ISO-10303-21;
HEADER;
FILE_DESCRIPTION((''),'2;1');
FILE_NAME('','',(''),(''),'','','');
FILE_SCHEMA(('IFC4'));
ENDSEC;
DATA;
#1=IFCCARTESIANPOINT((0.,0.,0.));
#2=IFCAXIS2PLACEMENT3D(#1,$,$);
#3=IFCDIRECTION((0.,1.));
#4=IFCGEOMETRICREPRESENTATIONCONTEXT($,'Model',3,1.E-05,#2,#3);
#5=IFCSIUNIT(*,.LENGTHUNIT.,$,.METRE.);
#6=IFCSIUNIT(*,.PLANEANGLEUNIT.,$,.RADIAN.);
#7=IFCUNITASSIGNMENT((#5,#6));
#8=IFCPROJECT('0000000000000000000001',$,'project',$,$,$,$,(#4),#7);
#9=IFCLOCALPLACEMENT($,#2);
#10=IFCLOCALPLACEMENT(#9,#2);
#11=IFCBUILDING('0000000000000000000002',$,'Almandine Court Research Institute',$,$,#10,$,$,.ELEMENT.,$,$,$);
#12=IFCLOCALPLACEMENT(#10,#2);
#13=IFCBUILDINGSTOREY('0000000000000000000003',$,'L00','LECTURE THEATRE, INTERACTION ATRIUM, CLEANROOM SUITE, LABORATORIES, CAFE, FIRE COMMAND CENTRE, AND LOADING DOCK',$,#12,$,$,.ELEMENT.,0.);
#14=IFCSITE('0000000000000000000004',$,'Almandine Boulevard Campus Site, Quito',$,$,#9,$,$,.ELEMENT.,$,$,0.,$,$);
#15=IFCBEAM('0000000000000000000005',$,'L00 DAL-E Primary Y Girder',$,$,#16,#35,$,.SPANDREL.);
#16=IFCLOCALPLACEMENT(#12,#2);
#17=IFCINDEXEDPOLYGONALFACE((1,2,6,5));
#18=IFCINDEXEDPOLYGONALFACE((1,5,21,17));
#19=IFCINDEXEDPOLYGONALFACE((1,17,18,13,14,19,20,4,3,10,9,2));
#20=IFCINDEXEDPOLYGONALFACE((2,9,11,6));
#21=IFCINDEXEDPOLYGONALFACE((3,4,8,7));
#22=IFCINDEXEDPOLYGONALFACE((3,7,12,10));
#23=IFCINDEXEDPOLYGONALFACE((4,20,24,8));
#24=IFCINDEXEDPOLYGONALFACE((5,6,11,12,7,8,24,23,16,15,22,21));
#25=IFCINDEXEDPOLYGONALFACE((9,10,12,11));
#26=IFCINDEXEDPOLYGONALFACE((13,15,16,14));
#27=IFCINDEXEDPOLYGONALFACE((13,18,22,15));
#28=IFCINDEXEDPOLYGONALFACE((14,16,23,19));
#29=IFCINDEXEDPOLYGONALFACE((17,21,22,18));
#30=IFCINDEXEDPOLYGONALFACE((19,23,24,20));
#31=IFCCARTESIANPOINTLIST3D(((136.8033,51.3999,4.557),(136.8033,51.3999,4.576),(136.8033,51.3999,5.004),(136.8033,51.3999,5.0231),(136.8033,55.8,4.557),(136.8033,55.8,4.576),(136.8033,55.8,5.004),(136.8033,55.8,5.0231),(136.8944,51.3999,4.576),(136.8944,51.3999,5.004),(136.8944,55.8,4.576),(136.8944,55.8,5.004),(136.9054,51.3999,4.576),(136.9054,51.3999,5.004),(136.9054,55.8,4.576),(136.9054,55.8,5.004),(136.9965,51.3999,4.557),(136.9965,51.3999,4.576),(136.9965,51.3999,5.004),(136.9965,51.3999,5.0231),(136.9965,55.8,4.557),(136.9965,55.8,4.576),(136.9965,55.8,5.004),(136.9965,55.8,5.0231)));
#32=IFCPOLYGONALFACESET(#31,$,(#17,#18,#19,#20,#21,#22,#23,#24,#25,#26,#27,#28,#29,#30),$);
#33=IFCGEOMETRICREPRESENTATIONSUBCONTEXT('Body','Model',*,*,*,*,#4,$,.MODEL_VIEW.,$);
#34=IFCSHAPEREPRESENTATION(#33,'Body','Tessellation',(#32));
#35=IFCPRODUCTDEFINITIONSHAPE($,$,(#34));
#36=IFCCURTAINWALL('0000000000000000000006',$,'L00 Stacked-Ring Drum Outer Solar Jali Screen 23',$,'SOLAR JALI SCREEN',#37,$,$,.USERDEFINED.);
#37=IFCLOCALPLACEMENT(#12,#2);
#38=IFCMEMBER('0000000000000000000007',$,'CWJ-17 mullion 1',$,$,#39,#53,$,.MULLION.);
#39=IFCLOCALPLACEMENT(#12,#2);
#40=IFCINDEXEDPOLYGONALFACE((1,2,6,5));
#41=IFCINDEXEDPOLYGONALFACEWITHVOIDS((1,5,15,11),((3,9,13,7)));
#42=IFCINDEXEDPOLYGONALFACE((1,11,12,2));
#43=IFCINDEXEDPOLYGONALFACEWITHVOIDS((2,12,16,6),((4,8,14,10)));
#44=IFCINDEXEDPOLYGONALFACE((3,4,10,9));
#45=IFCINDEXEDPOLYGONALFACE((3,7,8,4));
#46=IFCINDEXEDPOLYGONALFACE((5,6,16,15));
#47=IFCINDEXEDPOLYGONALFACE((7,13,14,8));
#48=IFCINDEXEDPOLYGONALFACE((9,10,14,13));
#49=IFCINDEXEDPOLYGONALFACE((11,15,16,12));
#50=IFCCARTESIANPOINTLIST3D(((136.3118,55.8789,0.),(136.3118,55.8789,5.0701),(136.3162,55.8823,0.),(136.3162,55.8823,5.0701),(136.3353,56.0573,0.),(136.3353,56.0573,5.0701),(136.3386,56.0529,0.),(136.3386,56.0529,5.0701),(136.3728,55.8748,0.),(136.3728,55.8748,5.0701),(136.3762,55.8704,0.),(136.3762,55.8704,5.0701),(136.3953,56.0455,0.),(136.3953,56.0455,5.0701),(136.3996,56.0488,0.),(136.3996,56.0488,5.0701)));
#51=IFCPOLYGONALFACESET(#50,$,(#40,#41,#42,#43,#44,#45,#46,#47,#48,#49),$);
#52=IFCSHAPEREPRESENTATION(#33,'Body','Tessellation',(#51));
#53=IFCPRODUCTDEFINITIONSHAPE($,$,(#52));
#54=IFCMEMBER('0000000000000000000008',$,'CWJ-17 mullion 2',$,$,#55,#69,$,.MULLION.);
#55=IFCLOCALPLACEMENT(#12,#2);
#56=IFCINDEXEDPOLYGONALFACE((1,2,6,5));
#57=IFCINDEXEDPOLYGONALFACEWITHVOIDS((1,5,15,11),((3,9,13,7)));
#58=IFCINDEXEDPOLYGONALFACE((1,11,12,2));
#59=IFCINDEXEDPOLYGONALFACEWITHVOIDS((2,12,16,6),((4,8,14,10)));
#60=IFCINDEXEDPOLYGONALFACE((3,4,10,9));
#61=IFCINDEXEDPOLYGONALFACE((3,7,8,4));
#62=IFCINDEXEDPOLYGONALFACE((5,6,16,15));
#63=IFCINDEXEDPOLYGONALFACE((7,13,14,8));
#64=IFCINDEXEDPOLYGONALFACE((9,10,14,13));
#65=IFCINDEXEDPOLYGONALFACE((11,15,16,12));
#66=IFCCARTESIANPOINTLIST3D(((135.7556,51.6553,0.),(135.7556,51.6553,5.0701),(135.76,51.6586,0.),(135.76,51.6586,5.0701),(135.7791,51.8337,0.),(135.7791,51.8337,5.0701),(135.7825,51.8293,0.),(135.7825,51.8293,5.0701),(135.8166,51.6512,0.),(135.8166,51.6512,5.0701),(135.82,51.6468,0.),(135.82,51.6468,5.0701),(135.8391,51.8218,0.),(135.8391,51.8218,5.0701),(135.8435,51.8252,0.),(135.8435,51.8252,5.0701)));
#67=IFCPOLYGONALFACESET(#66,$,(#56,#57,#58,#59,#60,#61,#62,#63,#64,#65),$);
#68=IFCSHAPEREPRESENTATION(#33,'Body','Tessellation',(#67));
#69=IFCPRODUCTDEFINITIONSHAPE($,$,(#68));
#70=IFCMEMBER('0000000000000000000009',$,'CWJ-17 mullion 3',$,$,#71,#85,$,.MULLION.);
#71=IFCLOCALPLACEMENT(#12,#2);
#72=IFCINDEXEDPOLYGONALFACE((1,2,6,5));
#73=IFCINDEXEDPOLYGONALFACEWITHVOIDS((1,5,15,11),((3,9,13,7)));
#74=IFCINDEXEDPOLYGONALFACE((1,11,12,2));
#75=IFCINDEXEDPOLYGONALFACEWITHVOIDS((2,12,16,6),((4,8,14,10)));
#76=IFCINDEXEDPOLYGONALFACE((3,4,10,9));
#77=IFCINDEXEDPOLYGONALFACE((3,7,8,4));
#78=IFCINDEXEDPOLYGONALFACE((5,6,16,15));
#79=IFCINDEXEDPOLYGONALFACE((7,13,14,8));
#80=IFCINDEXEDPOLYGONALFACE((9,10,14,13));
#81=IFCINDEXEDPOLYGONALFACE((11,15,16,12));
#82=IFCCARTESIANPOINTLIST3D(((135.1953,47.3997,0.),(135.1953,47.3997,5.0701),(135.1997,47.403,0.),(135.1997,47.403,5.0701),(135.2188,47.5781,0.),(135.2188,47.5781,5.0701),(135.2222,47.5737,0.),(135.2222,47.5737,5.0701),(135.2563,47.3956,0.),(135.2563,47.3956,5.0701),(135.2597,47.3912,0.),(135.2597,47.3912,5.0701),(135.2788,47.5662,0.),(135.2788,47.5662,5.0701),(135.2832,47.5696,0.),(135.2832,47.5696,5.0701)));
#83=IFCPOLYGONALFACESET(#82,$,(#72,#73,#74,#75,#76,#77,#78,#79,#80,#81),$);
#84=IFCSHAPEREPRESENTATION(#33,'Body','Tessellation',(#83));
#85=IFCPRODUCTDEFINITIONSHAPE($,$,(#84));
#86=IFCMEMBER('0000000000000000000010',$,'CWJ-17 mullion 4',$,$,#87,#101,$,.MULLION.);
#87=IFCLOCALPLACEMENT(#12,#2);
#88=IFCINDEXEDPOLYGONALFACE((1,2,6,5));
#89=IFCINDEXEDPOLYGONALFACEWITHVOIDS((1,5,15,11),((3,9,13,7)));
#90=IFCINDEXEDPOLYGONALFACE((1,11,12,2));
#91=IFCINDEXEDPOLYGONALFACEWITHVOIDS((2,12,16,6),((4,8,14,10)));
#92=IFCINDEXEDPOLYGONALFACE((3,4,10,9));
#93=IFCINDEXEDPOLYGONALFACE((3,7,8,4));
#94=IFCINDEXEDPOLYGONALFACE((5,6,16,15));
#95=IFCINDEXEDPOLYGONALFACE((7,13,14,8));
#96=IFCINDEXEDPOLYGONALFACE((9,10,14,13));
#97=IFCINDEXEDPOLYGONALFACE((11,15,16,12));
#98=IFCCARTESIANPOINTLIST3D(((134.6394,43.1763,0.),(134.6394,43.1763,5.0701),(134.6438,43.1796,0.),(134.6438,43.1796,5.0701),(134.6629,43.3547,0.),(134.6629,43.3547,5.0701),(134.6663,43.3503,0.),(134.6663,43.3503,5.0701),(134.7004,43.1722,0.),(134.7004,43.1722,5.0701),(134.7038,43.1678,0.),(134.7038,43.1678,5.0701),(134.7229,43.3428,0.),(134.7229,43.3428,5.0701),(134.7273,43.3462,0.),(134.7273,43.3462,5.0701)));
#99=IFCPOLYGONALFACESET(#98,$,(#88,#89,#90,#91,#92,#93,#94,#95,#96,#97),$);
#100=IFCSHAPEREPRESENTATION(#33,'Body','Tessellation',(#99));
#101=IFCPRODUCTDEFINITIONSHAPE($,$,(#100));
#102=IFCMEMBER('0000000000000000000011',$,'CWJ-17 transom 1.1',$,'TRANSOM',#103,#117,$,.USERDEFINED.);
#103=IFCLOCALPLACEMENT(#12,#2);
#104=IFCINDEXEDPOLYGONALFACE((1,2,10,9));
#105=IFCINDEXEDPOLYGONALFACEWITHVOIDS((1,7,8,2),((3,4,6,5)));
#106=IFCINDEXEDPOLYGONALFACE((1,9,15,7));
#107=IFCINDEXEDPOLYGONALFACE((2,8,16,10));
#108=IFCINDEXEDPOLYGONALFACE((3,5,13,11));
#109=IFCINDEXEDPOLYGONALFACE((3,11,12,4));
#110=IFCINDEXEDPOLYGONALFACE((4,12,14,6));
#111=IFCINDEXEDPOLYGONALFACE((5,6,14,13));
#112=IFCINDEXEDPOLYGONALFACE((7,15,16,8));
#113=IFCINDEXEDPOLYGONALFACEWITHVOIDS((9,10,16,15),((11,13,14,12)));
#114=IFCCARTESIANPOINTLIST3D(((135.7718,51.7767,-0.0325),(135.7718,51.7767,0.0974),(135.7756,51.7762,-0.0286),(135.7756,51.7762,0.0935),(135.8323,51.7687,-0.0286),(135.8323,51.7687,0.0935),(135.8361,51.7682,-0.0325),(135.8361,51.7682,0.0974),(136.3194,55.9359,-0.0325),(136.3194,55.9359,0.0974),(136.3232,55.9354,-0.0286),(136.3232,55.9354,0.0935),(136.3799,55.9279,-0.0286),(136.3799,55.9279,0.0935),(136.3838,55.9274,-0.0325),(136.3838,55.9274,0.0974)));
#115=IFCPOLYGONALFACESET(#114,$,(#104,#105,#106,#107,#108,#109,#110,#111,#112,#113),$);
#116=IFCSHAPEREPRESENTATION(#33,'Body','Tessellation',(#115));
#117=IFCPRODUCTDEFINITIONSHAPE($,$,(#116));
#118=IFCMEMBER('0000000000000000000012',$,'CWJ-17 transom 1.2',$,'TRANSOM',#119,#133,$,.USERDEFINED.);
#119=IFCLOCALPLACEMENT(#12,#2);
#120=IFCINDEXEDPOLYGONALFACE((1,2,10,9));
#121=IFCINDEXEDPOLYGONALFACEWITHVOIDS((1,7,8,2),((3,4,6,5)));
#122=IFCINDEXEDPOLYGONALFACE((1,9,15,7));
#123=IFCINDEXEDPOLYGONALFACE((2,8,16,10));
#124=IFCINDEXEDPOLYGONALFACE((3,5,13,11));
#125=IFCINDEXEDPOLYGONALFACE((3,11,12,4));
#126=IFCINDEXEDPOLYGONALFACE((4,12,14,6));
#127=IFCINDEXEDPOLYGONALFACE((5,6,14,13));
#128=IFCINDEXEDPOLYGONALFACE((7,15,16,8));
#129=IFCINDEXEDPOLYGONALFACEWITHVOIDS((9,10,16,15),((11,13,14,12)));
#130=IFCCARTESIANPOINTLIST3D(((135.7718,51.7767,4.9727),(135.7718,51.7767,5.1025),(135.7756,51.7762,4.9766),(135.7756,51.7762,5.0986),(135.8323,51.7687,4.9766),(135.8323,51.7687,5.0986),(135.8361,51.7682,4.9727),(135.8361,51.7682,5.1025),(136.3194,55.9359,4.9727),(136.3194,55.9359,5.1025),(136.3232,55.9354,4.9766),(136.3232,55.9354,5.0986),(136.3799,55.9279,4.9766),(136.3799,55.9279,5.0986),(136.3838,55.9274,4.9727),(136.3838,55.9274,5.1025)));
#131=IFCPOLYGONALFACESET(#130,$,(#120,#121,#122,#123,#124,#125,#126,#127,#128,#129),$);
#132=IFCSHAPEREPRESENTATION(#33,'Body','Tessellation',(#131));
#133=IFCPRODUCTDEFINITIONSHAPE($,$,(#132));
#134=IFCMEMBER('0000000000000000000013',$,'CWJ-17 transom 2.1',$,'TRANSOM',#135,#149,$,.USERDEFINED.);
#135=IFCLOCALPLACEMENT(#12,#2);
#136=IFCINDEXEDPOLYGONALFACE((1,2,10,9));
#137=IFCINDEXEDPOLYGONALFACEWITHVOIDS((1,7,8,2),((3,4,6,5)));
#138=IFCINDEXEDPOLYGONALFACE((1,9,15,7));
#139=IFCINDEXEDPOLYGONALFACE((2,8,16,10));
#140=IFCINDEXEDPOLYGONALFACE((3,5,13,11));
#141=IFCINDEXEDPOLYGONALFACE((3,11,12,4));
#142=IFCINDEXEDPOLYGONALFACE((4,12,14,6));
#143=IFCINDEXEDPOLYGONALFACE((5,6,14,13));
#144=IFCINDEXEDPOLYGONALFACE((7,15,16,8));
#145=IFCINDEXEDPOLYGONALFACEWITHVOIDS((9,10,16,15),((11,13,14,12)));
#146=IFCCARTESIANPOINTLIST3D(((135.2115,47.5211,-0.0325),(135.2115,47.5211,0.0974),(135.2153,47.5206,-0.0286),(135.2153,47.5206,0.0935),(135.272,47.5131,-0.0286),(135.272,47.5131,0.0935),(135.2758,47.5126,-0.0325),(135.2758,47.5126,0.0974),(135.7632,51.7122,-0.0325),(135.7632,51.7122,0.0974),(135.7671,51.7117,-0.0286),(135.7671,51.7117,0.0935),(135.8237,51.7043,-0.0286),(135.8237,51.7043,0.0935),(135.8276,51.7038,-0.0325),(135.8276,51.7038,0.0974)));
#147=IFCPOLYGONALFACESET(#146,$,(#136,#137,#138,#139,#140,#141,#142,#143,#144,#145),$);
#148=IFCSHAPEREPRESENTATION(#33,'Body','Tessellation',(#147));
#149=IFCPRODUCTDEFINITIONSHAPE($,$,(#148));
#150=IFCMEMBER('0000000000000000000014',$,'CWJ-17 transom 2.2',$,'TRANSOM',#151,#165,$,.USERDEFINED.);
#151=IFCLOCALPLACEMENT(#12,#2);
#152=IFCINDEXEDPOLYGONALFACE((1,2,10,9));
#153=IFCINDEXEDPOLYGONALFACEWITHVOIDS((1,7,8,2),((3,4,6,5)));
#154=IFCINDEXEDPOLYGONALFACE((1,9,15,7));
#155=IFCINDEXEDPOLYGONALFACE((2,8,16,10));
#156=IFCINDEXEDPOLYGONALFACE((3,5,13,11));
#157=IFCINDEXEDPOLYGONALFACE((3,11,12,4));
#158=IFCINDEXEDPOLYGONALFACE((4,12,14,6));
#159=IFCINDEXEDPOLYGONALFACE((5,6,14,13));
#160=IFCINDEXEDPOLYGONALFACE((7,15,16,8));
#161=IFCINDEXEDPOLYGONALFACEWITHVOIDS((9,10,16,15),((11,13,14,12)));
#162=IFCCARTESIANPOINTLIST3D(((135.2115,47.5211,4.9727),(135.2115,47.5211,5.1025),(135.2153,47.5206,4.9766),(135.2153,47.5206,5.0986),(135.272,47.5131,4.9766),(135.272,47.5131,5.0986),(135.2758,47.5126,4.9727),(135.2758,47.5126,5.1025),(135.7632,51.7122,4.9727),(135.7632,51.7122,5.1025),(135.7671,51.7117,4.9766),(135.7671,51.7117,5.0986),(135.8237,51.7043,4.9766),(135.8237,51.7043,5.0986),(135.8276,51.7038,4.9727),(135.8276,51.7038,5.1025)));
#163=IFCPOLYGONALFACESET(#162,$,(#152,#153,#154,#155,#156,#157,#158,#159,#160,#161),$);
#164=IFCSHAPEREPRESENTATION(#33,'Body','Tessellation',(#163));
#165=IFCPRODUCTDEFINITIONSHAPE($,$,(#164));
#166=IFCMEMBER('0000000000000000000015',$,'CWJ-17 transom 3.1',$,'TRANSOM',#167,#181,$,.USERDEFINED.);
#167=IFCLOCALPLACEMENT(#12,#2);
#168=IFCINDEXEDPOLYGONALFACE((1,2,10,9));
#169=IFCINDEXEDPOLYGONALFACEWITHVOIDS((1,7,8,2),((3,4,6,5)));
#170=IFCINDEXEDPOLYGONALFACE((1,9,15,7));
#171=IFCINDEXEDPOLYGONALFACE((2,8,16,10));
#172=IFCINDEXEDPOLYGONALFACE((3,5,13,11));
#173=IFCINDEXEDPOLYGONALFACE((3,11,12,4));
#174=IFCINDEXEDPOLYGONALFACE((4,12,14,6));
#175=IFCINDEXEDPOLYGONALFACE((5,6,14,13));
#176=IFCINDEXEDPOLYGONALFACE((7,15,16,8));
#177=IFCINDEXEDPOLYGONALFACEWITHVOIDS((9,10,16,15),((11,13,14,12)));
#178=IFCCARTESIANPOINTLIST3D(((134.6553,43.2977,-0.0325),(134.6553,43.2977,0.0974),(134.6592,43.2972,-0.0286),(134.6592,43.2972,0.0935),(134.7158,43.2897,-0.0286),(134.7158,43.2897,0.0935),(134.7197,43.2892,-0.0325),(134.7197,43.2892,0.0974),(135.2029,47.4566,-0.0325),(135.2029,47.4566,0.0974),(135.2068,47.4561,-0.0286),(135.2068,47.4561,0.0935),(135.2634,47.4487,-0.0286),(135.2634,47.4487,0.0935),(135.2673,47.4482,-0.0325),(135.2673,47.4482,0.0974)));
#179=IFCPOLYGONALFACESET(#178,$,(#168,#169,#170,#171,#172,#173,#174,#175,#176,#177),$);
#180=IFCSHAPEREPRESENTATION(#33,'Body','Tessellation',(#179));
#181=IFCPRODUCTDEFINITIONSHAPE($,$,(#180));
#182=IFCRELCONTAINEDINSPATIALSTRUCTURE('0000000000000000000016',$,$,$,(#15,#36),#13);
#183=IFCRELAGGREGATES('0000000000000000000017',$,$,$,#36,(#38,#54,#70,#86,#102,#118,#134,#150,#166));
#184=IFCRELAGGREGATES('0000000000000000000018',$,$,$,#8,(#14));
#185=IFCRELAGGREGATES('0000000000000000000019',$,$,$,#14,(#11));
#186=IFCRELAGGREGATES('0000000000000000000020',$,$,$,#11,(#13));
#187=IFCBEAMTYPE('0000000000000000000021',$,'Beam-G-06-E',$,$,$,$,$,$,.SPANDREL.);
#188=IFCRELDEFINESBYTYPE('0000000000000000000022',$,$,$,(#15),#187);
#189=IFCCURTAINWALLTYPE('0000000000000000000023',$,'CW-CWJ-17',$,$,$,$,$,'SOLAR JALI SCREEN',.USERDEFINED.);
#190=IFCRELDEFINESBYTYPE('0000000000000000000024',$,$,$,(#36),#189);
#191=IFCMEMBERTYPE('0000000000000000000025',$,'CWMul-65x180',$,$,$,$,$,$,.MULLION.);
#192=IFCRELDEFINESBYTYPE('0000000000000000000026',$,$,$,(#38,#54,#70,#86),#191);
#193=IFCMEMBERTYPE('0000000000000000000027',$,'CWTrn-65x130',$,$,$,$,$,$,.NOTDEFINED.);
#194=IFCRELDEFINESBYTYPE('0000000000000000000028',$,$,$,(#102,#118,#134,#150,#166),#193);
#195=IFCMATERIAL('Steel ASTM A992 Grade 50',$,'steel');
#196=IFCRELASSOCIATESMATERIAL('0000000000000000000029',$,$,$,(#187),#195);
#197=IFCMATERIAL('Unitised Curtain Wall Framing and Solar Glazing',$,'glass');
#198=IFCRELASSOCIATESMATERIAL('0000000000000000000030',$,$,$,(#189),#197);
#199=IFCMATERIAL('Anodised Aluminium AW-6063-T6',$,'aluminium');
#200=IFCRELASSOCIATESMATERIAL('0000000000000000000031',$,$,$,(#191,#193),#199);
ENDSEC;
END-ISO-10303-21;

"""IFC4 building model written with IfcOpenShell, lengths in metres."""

from ifc_helpers import new_model, si_unit, direction, frame, origin, origin_2d, place, context, subcontext, project, spatial, hollow_rectangle, i_section, extrude, material, material_profile, profile_set, type_object, element, aggregate, save


model = new_model("IFC4")

# Units and contexts
model_context = context("Model", 3, precision=1e-05, world=origin(), true_north=direction((0.0, 1.0)))
body_context = subcontext(model_context, "Body", "Model", "MODEL_VIEW")
ifc_project = project(units=[si_unit("LENGTHUNIT", "METRE"), si_unit("PLANEANGLEUNIT", "RADIAN")], contexts=[model_context])

# Site, building, storey
site_placement = place(None, origin())
site = spatial("IfcSite", under=ifc_project, at=site_placement, Name="Almandine Boulevard Campus Site, Quito", CompositionType="ELEMENT", RefElevation=0.0)
building_placement = place(site_placement, origin())
building = spatial("IfcBuilding", under=site, at=building_placement, Name="Almandine Court Research Institute", CompositionType="ELEMENT")
storey_placement = place(building_placement, origin())
storey = spatial("IfcBuildingStorey", under=building, at=storey_placement, Name="L00", Description="LECTURE THEATRE, INTERACTION ATRIUM, CLEANROOM SUITE, LABORATORIES, CAFE, FIRE COMMAND CENTRE, AND LOADING DOCK", CompositionType="ELEMENT", Elevation=0.0)

# Shared definitions
ifc_material_1 = material(Name="Steel ASTM A992 Grade 50", Category="steel")

# Beam
ifc_material_profile_1 = material_profile(ifc_material_1, i_section(OverallWidth=0.1931, OverallDepth=0.4661, WebThickness=0.011, FlangeThickness=0.019, at=origin_2d()), Name="W460x97")
ifc_profile_set_1 = profile_set([ifc_material_profile_1], Name="Steel ASTM A992 Grade 50")
beam_type_1 = type_object("IfcBeamType", Name="Beam-G-06-E", PredefinedType="SPANDREL", material=ifc_profile_set_1)
beam_1_placement = place(storey_placement, frame((136.8999, 51.3999, 4.79), z_axis=(0.0, 1.0, 0.0), x_axis=(-1.0, 0.0, 0.0)))
element("IfcBeam", 1, at=beam_1_placement, inside=storey, type_object=beam_type_1, Name="L00 DAL-E Primary Y Girder", PredefinedType="SPANDREL", context=body_context, shape_type="SweptSolid", body=[
    extrude(i_section(OverallWidth=0.1931, OverallDepth=0.4661, WebThickness=0.011, FlangeThickness=0.019, at=origin_2d()), origin(), (0.0, 0.0, 1.0), 4.4001),
])

# Curtain wall, members
ifc_material_2 = material(Name="Unitised Curtain Wall Framing and Solar Glazing", Category="glass")
curtain_wall_type = type_object("IfcCurtainWallType", Name="CW-CWJ-17", ElementType="SOLAR JALI SCREEN", PredefinedType="USERDEFINED", material=ifc_material_2)
curtain_wall_placement = place(storey_placement, origin())
curtain_wall = element("IfcCurtainWall", 2, at=curtain_wall_placement, inside=storey, type_object=curtain_wall_type, Name="L00 Stacked-Ring Drum Outer Solar Jali Screen 23", ObjectType="SOLAR JALI SCREEN", PredefinedType="USERDEFINED")
ifc_material_3 = material(Name="Anodised Aluminium AW-6063-T6", Category="aluminium")
ifc_material_profile_2 = material_profile(ifc_material_3, hollow_rectangle(XDim=0.0649, YDim=0.1799, WallThickness=0.0039, at=origin_2d()), Name="ALU RHS 65x180x4")
ifc_profile_set_2 = profile_set([ifc_material_profile_2], Name="Anodised Aluminium AW-6063-T6")
member_type_1 = type_object("IfcMemberType", Name="CWMul-65x180", PredefinedType="MULLION", material=ifc_profile_set_2)
member_1_placement = place(storey_placement, frame((136.3557, 55.9639, 0.0), z_axis=(0.0, 0.0, 1.0), x_axis=(0.991443, -0.130541, 0.0)))
member_1 = element("IfcMember", 3, at=member_1_placement, type_object=member_type_1, Name="CWJ-17 mullion 1", PredefinedType="MULLION", context=body_context, shape_type="SweptSolid", body=[
    extrude(hollow_rectangle(XDim=0.0649, YDim=0.1799, WallThickness=0.0039, at=origin_2d()), origin(), (0.0, 0.0, 1.0), 5.0701),
])
member_2_placement = place(storey_placement, frame((135.7996, 51.7402, 0.0), z_axis=(0.0, 0.0, 1.0), x_axis=(0.991443, -0.130541, 0.0)))
member_2 = element("IfcMember", 4, at=member_2_placement, type_object=member_type_1, Name="CWJ-17 mullion 2", PredefinedType="MULLION", context=body_context, shape_type="SweptSolid", body=[
    extrude(hollow_rectangle(XDim=0.0649, YDim=0.1799, WallThickness=0.0039, at=origin_2d()), origin(), (0.0, 0.0, 1.0), 5.0701),
])
member_3_placement = place(storey_placement, frame((135.2393, 47.4846, 0.0), z_axis=(0.0, 0.0, 1.0), x_axis=(0.991443, -0.130541, 0.0)))
member_3 = element("IfcMember", 5, at=member_3_placement, type_object=member_type_1, Name="CWJ-17 mullion 3", PredefinedType="MULLION", context=body_context, shape_type="SweptSolid", body=[
    extrude(hollow_rectangle(XDim=0.0649, YDim=0.1799, WallThickness=0.0039, at=origin_2d()), origin(), (0.0, 0.0, 1.0), 5.0701),
])
member_4_placement = place(storey_placement, frame((134.6833, 43.2612, 0.0), z_axis=(0.0, 0.0, 1.0), x_axis=(0.991443, -0.130541, 0.0)))
member_4 = element("IfcMember", 6, at=member_4_placement, type_object=member_type_1, Name="CWJ-17 mullion 4", PredefinedType="MULLION", context=body_context, shape_type="SweptSolid", body=[
    extrude(hollow_rectangle(XDim=0.0649, YDim=0.1799, WallThickness=0.0039, at=origin_2d()), origin(), (0.0, 0.0, 1.0), 5.0701),
])
ifc_material_profile_3 = material_profile(ifc_material_3, hollow_rectangle(XDim=0.0649, YDim=0.1299, WallThickness=0.0039, at=origin_2d()), Name="ALU RHS 65x130x4")
ifc_profile_set_3 = profile_set([ifc_material_profile_3], Name="Anodised Aluminium AW-6063-T6")
member_type_2 = type_object("IfcMemberType", Name="CWTrn-65x130", PredefinedType="NOTDEFINED", material=ifc_profile_set_3)
member_5_placement = place(storey_placement, frame((136.3516, 55.9316, 0.0325), z_axis=(-0.130536, -0.991444, 0.0), x_axis=(0.991444, -0.130536, 0.0)))
member_5 = element("IfcMember", 7, at=member_5_placement, type_object=member_type_2, Name="CWJ-17 transom 1.1", ObjectType="TRANSOM", PredefinedType="USERDEFINED", context=body_context, shape_type="SweptSolid", body=[
    extrude(hollow_rectangle(XDim=0.0649, YDim=0.1299, WallThickness=0.0039, at=origin_2d()), origin(), (0.0, 0.0, 1.0), 4.1951),
])
member_6_placement = place(storey_placement, frame((136.3516, 55.9316, 5.0376), z_axis=(-0.130536, -0.991444, 0.0), x_axis=(0.991444, -0.130536, 0.0)))
member_6 = element("IfcMember", 8, at=member_6_placement, type_object=member_type_2, Name="CWJ-17 transom 1.2", ObjectType="TRANSOM", PredefinedType="USERDEFINED", context=body_context, shape_type="SweptSolid", body=[
    extrude(hollow_rectangle(XDim=0.0649, YDim=0.1299, WallThickness=0.0039, at=origin_2d()), origin(), (0.0, 0.0, 1.0), 4.1951),
])
member_7_placement = place(storey_placement, frame((135.7954, 51.708, 0.0325), z_axis=(-0.130522, -0.991445, 0.0), x_axis=(0.991445, -0.130522, 0.0)))
member_7 = element("IfcMember", 9, at=member_7_placement, type_object=member_type_2, Name="CWJ-17 transom 2.1", ObjectType="TRANSOM", PredefinedType="USERDEFINED", context=body_context, shape_type="SweptSolid", body=[
    extrude(hollow_rectangle(XDim=0.0649, YDim=0.1299, WallThickness=0.0039, at=origin_2d()), origin(), (0.0, 0.0, 1.0), 4.2273),
])
member_8_placement = place(storey_placement, frame((135.7954, 51.708, 5.0376), z_axis=(-0.130522, -0.991445, 0.0), x_axis=(0.991445, -0.130522, 0.0)))
member_8 = element("IfcMember", 10, at=member_8_placement, type_object=member_type_2, Name="CWJ-17 transom 2.2", ObjectType="TRANSOM", PredefinedType="USERDEFINED", context=body_context, shape_type="SweptSolid", body=[
    extrude(hollow_rectangle(XDim=0.0649, YDim=0.1299, WallThickness=0.0039, at=origin_2d()), origin(), (0.0, 0.0, 1.0), 4.2273),
])
member_9_placement = place(storey_placement, frame((135.2351, 47.4524, 0.0325), z_axis=(-0.130543, -0.991443, 0.0), x_axis=(0.991443, -0.130543, 0.0)))
member_9 = element("IfcMember", 11, at=member_9_placement, type_object=member_type_2, Name="CWJ-17 transom 3.1", ObjectType="TRANSOM", PredefinedType="USERDEFINED", context=body_context, shape_type="SweptSolid", body=[
    extrude(hollow_rectangle(XDim=0.0649, YDim=0.1299, WallThickness=0.0039, at=origin_2d()), origin(), (0.0, 0.0, 1.0), 4.1948),
])
aggregate(curtain_wall, [member_1, member_2, member_3, member_4, member_5, member_6, member_7, member_8, member_9])

save(model, "model.ifc")
